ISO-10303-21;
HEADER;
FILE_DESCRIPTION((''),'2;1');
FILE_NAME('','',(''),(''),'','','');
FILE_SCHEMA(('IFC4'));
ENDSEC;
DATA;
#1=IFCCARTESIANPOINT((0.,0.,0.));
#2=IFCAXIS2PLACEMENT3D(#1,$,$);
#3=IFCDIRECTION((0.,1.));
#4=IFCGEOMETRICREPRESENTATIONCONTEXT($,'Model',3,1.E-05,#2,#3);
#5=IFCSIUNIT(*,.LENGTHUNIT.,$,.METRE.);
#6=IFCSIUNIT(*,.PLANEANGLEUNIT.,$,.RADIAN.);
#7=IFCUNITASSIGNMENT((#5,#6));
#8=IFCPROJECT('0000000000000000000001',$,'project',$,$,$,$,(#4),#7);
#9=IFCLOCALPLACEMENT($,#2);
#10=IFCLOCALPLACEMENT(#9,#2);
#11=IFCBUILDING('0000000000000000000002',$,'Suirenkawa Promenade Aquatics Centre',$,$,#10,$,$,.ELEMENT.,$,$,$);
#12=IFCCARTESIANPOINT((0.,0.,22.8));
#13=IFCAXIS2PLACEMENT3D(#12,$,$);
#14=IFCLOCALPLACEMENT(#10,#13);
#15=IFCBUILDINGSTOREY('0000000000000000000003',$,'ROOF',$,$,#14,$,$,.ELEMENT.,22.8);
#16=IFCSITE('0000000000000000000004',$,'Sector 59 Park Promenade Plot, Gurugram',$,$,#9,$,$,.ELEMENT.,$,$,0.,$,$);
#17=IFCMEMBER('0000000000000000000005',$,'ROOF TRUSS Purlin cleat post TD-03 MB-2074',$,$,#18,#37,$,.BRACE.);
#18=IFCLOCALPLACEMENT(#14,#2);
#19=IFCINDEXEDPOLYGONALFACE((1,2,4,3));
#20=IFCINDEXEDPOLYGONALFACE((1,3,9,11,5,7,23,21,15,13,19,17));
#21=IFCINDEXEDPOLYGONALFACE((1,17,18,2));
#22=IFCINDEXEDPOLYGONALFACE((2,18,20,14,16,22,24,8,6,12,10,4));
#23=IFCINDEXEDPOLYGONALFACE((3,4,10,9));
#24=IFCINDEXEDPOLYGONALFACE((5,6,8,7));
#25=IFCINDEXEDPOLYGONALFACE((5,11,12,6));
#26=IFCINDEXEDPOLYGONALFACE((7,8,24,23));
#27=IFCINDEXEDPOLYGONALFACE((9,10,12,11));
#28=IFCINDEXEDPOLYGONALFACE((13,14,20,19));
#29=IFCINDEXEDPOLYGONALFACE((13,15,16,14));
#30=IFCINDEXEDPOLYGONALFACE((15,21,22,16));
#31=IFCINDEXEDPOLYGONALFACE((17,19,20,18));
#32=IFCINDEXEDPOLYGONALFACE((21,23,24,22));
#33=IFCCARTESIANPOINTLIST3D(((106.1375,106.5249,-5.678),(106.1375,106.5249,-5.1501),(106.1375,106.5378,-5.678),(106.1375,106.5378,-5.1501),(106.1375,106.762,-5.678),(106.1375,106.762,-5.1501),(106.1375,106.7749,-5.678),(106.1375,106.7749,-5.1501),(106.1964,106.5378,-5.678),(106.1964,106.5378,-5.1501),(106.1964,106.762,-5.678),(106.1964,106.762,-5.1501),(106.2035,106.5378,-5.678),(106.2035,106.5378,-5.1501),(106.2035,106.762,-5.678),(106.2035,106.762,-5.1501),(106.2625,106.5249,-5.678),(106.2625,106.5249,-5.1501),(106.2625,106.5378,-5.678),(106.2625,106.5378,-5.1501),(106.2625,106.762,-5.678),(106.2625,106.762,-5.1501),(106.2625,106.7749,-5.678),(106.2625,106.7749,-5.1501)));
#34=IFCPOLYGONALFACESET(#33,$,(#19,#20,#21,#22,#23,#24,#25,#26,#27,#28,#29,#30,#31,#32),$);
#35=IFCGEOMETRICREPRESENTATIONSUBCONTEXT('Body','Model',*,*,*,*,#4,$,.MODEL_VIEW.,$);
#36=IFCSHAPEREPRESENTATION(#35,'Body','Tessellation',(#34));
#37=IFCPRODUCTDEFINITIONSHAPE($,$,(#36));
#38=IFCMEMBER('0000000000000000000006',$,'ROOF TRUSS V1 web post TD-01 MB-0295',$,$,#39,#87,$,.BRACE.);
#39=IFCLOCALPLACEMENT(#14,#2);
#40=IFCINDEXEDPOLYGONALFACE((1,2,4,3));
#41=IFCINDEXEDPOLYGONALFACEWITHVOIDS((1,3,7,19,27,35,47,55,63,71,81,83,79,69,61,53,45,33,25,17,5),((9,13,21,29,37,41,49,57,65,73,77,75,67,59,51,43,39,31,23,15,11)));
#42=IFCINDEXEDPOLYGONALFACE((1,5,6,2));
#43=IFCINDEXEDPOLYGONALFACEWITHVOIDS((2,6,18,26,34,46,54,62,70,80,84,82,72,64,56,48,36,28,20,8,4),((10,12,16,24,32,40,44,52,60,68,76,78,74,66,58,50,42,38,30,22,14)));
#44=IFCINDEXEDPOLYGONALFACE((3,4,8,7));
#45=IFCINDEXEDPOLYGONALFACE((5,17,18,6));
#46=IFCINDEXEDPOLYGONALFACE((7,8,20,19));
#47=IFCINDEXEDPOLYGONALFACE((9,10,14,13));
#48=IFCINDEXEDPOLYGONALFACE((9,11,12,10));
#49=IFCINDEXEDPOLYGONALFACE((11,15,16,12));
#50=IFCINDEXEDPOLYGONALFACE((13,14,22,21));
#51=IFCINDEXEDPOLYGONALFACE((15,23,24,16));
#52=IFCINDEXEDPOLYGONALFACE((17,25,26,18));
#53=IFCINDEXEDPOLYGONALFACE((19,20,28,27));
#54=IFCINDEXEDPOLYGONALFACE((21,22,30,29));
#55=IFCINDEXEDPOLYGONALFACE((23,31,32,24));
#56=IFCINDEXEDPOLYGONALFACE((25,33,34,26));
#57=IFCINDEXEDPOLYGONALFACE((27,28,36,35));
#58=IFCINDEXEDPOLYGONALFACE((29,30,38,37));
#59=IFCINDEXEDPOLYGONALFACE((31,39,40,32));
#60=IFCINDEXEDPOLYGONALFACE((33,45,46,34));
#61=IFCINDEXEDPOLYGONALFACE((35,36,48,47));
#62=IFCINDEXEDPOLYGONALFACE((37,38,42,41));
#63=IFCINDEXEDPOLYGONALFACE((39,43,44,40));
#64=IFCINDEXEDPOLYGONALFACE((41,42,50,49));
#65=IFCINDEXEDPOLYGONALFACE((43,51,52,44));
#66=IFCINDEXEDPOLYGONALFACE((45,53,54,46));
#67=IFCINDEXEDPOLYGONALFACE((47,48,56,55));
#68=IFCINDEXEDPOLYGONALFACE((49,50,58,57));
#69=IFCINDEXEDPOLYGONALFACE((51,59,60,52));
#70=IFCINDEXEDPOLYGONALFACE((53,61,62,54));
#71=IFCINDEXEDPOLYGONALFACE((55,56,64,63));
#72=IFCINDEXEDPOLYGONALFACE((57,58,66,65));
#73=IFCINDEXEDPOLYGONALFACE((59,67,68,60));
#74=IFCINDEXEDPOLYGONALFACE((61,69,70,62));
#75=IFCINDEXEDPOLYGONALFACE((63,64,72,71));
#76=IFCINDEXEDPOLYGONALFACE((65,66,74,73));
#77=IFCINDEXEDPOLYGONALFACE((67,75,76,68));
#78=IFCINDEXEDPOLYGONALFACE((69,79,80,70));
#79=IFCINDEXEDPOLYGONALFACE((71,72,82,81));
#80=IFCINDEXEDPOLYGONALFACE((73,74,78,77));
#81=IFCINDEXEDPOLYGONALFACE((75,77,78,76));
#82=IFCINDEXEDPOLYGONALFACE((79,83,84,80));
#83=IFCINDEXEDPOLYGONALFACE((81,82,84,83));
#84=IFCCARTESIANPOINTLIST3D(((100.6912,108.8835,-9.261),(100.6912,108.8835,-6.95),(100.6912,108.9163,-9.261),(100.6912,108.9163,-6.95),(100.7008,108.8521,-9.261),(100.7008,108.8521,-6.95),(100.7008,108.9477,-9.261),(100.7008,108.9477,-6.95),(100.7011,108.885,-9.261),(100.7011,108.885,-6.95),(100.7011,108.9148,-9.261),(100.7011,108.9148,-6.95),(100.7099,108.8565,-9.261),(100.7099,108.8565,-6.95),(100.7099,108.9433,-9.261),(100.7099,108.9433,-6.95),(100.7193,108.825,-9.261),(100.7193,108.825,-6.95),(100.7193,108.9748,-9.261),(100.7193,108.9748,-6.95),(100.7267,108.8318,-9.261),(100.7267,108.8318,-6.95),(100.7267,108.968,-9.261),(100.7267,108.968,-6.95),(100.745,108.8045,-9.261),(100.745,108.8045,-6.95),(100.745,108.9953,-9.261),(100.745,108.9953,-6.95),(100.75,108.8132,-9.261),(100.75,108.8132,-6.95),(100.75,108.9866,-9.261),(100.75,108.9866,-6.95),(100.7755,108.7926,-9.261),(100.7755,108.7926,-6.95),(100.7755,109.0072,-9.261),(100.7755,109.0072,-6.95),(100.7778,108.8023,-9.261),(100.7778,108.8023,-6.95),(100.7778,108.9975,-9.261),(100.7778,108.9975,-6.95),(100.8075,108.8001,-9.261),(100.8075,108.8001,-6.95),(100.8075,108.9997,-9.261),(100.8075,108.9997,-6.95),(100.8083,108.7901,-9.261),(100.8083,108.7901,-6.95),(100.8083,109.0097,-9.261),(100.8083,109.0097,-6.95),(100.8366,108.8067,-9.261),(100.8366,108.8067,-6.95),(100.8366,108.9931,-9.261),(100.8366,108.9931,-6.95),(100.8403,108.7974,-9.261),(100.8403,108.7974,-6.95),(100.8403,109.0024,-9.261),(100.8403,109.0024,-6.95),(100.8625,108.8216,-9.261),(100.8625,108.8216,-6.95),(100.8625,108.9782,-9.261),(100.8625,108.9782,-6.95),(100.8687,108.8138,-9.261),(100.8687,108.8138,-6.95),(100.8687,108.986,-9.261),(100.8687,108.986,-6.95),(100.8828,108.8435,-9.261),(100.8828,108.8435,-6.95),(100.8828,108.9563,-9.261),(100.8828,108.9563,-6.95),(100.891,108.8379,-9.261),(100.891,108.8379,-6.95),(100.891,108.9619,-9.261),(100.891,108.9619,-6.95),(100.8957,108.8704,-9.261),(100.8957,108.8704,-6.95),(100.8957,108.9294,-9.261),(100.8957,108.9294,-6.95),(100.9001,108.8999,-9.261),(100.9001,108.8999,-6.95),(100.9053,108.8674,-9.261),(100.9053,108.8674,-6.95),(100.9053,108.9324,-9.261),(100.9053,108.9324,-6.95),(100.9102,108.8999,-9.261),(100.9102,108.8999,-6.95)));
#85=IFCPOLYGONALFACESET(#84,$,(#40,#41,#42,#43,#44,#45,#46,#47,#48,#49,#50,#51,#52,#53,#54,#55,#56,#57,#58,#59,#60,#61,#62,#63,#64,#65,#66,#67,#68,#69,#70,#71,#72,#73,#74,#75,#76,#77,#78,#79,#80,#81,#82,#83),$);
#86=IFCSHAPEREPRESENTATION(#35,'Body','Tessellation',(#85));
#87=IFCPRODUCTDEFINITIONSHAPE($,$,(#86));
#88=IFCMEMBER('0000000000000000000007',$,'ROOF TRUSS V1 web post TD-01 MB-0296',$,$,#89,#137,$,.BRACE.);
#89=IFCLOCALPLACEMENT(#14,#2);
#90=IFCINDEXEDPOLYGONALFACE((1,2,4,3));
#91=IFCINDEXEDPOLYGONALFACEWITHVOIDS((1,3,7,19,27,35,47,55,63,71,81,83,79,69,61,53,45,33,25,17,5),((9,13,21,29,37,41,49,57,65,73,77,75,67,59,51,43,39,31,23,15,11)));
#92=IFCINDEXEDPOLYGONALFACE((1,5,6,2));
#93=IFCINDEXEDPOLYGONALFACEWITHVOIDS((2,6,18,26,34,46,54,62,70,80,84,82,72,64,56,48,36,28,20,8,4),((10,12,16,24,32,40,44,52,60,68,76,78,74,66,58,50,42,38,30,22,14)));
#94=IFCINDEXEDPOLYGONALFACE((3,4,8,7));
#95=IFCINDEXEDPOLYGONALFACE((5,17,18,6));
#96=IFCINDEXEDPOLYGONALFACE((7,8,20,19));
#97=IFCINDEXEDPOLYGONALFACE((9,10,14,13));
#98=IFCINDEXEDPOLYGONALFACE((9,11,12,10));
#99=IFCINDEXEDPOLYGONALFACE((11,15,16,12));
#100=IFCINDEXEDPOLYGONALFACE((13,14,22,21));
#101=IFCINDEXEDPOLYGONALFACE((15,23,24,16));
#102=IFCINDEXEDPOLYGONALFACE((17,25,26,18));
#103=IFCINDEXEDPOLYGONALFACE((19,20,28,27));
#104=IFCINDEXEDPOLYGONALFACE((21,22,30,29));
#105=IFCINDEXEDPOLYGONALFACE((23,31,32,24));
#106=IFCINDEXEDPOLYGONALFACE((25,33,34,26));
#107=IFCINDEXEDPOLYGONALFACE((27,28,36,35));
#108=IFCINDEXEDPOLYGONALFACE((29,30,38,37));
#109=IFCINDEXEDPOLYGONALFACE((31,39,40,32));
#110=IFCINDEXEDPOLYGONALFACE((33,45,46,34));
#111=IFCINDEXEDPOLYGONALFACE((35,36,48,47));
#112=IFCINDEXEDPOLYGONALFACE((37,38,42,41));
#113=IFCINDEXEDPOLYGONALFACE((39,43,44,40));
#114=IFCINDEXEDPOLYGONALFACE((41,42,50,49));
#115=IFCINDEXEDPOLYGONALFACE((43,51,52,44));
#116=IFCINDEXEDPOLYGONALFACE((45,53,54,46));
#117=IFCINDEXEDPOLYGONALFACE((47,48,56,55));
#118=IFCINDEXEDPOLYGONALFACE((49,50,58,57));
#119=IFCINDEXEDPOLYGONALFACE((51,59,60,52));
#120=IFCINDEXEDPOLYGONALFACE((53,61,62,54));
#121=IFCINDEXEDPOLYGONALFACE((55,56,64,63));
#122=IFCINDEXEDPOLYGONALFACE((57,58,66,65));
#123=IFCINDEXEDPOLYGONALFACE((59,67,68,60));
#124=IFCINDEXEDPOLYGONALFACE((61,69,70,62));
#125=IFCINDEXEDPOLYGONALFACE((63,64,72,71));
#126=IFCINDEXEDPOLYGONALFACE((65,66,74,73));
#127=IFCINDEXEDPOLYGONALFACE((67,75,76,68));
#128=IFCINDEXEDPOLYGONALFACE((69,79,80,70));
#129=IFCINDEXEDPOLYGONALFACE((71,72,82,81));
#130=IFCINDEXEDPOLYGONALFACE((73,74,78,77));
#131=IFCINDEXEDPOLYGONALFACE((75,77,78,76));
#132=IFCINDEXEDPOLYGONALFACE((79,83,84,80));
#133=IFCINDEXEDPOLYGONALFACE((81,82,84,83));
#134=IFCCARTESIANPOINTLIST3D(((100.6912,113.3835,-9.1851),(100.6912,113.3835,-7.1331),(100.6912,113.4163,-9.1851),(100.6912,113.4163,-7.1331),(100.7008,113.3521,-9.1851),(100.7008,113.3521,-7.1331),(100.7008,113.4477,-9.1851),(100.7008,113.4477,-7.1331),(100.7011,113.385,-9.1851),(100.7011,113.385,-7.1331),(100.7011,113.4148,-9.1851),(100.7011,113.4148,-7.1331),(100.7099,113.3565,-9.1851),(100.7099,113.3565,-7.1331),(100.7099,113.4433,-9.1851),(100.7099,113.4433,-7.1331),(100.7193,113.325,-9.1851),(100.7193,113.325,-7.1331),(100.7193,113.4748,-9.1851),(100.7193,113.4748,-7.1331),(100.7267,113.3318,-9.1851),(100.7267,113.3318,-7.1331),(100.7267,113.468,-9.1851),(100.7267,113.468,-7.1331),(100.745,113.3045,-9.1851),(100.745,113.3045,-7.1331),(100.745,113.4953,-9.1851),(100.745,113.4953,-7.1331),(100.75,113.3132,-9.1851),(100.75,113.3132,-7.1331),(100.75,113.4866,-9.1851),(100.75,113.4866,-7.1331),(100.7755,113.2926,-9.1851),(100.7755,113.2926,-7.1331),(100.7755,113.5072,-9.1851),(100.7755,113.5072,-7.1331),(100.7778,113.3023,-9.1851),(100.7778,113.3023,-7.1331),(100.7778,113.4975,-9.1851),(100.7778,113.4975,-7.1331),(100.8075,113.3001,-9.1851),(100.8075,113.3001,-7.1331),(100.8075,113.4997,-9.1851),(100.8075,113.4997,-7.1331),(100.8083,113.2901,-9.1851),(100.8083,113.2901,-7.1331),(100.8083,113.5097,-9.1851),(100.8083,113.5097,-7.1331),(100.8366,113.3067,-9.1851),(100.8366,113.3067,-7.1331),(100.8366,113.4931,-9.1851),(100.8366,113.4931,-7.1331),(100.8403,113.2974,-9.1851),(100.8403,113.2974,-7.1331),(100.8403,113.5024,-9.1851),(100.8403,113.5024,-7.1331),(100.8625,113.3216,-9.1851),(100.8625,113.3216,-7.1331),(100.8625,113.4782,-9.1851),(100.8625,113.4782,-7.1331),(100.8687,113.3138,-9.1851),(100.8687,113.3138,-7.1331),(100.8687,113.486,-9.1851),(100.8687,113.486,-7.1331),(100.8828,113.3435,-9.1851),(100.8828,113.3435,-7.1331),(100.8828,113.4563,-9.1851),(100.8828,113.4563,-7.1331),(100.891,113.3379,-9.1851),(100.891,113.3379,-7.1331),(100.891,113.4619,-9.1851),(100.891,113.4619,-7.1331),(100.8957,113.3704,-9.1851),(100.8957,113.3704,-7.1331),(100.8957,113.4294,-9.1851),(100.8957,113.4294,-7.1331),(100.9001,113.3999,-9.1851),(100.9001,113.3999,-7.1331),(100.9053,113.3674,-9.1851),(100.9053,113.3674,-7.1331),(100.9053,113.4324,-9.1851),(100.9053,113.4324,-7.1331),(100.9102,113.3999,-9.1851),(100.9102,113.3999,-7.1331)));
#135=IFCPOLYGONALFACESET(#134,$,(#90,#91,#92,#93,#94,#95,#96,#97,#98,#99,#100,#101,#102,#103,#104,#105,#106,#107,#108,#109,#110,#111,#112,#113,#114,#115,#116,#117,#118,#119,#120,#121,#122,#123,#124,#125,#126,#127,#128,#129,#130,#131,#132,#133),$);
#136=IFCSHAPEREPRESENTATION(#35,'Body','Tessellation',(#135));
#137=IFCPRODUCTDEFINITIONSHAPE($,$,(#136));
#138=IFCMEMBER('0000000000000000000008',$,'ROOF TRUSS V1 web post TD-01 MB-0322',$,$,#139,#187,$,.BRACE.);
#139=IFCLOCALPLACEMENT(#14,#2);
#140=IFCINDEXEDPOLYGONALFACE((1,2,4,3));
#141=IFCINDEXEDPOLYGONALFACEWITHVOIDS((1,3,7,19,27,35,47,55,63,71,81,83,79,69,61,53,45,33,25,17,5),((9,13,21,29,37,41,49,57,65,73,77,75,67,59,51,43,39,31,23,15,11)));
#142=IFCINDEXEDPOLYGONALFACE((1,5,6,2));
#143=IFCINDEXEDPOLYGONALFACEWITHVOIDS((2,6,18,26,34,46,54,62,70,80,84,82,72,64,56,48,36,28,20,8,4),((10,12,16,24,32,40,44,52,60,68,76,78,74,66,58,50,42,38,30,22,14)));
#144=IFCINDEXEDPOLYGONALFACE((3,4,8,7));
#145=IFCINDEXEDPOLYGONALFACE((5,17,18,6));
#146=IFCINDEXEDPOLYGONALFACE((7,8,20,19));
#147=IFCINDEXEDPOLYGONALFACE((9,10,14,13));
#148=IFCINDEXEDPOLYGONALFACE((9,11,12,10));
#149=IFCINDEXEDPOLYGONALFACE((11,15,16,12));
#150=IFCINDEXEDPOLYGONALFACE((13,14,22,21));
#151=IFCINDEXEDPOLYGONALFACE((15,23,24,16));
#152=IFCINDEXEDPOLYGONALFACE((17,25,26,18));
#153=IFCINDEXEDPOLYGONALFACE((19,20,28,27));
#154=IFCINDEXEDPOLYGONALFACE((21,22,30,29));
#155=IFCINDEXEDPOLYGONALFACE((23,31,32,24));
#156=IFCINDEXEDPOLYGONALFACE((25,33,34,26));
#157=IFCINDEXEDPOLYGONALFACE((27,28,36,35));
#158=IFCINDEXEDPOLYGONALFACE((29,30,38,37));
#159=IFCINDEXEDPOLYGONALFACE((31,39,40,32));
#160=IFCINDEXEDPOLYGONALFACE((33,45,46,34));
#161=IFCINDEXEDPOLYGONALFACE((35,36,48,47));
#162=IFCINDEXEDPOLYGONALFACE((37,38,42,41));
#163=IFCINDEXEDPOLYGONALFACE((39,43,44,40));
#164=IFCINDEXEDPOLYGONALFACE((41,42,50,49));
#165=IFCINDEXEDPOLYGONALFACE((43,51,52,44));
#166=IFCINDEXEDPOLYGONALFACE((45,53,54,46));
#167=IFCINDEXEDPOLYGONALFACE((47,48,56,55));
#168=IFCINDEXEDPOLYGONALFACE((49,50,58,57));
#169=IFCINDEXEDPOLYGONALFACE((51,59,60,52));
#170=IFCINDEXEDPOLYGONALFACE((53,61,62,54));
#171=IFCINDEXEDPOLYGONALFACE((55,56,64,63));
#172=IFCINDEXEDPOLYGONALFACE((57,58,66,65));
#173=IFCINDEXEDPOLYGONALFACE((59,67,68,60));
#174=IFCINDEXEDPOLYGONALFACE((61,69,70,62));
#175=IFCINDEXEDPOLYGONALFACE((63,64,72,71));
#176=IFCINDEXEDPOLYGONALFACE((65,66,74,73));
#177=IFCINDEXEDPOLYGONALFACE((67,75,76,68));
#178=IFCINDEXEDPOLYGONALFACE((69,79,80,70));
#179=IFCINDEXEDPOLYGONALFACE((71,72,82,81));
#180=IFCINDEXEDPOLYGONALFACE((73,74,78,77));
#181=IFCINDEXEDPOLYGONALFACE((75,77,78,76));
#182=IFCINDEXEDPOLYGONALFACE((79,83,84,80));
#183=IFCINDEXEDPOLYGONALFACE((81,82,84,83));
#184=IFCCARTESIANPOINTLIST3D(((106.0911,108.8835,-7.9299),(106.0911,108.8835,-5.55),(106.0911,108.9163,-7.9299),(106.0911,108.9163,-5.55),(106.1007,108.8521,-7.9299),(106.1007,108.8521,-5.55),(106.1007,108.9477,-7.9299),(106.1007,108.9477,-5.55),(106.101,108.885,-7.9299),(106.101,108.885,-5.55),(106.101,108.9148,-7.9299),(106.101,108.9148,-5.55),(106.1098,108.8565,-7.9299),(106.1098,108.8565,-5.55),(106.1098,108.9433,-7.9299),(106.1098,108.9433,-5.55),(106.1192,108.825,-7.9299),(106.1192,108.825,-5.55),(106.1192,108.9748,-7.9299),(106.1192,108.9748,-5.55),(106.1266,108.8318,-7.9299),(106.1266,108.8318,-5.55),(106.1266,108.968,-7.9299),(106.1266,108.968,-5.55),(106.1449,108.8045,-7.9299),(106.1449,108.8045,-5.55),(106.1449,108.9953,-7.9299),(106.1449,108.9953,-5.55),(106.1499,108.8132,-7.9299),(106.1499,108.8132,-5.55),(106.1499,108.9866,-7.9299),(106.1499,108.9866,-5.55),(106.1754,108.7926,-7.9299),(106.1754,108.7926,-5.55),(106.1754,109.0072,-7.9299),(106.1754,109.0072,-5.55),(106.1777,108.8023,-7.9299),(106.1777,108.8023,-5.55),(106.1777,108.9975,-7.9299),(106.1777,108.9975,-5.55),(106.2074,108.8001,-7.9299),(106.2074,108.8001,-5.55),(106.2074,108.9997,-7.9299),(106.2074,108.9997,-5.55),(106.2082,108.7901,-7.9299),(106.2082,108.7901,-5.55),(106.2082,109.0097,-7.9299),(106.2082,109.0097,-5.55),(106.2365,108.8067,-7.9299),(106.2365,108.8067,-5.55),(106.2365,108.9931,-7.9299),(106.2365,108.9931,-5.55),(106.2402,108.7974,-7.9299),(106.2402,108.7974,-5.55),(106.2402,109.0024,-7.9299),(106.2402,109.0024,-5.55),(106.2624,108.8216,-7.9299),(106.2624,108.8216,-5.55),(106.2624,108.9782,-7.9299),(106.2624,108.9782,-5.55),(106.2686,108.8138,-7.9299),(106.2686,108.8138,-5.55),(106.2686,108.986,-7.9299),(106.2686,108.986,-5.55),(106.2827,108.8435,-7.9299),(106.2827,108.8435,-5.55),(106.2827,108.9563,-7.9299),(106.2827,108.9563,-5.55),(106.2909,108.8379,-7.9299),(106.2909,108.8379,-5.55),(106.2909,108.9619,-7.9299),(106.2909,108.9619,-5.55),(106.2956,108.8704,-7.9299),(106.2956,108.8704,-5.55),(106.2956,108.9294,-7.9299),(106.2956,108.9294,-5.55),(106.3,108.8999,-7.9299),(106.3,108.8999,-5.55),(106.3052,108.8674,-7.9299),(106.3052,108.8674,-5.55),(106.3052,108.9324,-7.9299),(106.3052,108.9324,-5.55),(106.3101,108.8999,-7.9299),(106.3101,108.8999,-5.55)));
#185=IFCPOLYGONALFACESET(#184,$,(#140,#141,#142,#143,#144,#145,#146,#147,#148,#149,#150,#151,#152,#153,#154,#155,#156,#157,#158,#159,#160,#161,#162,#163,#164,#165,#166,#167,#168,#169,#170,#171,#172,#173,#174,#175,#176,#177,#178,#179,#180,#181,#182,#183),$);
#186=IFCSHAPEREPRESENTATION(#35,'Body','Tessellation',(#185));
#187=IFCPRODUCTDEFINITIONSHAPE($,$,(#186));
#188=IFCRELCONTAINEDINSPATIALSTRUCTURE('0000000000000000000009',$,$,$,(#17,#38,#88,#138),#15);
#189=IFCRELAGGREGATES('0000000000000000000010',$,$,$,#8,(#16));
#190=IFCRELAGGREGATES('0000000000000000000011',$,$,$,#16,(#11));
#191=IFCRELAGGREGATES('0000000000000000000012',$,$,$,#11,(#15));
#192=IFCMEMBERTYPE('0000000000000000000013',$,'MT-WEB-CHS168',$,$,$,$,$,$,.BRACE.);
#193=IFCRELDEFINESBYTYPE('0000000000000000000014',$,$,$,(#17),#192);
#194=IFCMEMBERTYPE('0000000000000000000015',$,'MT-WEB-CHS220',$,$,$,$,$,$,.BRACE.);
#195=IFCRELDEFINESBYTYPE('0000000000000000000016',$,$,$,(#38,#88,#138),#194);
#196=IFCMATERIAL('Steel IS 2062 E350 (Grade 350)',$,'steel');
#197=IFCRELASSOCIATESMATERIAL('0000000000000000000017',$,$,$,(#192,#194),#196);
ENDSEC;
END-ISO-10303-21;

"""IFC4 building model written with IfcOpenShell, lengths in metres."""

from ifc_helpers import new_model, si_unit, direction, frame, origin, origin_2d, place, context, subcontext, project, spatial, hollow_circle, i_section, extrude, material, material_profile, profile_set, type_object, element, save


model = new_model("IFC4")

# Units and contexts
model_context = context("Model", 3, precision=1e-05, world=origin(), true_north=direction((0.0, 1.0)))
body_context = subcontext(model_context, "Body", "Model", "MODEL_VIEW")
ifc_project = project(units=[si_unit("LENGTHUNIT", "METRE"), si_unit("PLANEANGLEUNIT", "RADIAN")], contexts=[model_context])

# Site, building, storey
site_placement = place(None, origin())
site = spatial("IfcSite", under=ifc_project, at=site_placement, Name="Sector 59 Park Promenade Plot, Gurugram", CompositionType="ELEMENT", RefElevation=0.0)
building_placement = place(site_placement, origin())
building = spatial("IfcBuilding", under=site, at=building_placement, Name="Suirenkawa Promenade Aquatics Centre", CompositionType="ELEMENT")
storey_placement = place(building_placement, frame((0.0, 0.0, 22.8)))
storey = spatial("IfcBuildingStorey", under=building, at=storey_placement, Name="ROOF", CompositionType="ELEMENT", Elevation=22.8)

# Shared definitions
ifc_material = material(Name="Steel IS 2062 E350 (Grade 350)", Category="steel")

# Members
ifc_material_profile_1 = material_profile(ifc_material, i_section(OverallWidth=0.125, OverallDepth=0.25, WebThickness=0.0071, FlangeThickness=0.0129, at=origin_2d()), Name="ISMB 250", Category="steel")
ifc_profile_set_1 = profile_set([ifc_material_profile_1], Name="Steel IS 2062 E350 (Grade 350)")
member_type_1 = type_object("IfcMemberType", Name="MT-WEB-CHS168", PredefinedType="BRACE", material=ifc_profile_set_1)
member_1_placement = place(storey_placement, frame((106.2, 106.6499, -5.678), z_axis=(0.0, 0.0, 1.0), x_axis=(1.0, 0.0, 0.0)))
element("IfcMember", 1, at=member_1_placement, inside=storey, type_object=member_type_1, Name="ROOF TRUSS Purlin cleat post TD-03 MB-2074", PredefinedType="BRACE", context=body_context, shape_type="SweptSolid", body=[
    extrude(i_section(OverallWidth=0.125, OverallDepth=0.25, WebThickness=0.0071, FlangeThickness=0.0129, at=origin_2d()), origin(), (0.0, 0.0, 1.0), 0.5278),
])
ifc_material_profile_2 = material_profile(ifc_material, hollow_circle(Radius=0.1101, WallThickness=0.01, at=origin_2d()), Name="CHS 220x10", Category="steel")
ifc_profile_set_2 = profile_set([ifc_material_profile_2], Name="Steel IS 2062 E350 (Grade 350)")
member_type_2 = type_object("IfcMemberType", Name="MT-WEB-CHS220", PredefinedType="BRACE", material=ifc_profile_set_2)
member_2_placement = place(storey_placement, frame((100.8, 108.8999, -9.261), z_axis=(0.0, 0.0, 1.0), x_axis=(1.0, 0.0, 0.0)))
element("IfcMember", 2, at=member_2_placement, inside=storey, type_object=member_type_2, Name="ROOF TRUSS V1 web post TD-01 MB-0295", PredefinedType="BRACE", context=body_context, shape_type="SweptSolid", body=[
    extrude(hollow_circle(Radius=0.1101, WallThickness=0.01, at=origin_2d()), origin(), (0.0, 0.0, 1.0), 2.311),
])
member_3_placement = place(storey_placement, frame((100.8, 113.3999, -9.1851), z_axis=(0.0, 0.0, 1.0), x_axis=(1.0, 0.0, 0.0)))
element("IfcMember", 3, at=member_3_placement, inside=storey, type_object=member_type_2, Name="ROOF TRUSS V1 web post TD-01 MB-0296", PredefinedType="BRACE", context=body_context, shape_type="SweptSolid", body=[
    extrude(hollow_circle(Radius=0.1101, WallThickness=0.01, at=origin_2d()), origin(), (0.0, 0.0, 1.0), 2.052),
])
member_4_placement = place(storey_placement, frame((106.2, 108.8999, -7.9299), z_axis=(0.0, 0.0, 1.0), x_axis=(1.0, 0.0, 0.0)))
element("IfcMember", 4, at=member_4_placement, inside=storey, type_object=member_type_2, Name="ROOF TRUSS V1 web post TD-01 MB-0322", PredefinedType="BRACE", context=body_context, shape_type="SweptSolid", body=[
    extrude(hollow_circle(Radius=0.1101, WallThickness=0.01, at=origin_2d()), origin(), (0.0, 0.0, 1.0), 2.3799),
])

save(model, "model.ifc")
